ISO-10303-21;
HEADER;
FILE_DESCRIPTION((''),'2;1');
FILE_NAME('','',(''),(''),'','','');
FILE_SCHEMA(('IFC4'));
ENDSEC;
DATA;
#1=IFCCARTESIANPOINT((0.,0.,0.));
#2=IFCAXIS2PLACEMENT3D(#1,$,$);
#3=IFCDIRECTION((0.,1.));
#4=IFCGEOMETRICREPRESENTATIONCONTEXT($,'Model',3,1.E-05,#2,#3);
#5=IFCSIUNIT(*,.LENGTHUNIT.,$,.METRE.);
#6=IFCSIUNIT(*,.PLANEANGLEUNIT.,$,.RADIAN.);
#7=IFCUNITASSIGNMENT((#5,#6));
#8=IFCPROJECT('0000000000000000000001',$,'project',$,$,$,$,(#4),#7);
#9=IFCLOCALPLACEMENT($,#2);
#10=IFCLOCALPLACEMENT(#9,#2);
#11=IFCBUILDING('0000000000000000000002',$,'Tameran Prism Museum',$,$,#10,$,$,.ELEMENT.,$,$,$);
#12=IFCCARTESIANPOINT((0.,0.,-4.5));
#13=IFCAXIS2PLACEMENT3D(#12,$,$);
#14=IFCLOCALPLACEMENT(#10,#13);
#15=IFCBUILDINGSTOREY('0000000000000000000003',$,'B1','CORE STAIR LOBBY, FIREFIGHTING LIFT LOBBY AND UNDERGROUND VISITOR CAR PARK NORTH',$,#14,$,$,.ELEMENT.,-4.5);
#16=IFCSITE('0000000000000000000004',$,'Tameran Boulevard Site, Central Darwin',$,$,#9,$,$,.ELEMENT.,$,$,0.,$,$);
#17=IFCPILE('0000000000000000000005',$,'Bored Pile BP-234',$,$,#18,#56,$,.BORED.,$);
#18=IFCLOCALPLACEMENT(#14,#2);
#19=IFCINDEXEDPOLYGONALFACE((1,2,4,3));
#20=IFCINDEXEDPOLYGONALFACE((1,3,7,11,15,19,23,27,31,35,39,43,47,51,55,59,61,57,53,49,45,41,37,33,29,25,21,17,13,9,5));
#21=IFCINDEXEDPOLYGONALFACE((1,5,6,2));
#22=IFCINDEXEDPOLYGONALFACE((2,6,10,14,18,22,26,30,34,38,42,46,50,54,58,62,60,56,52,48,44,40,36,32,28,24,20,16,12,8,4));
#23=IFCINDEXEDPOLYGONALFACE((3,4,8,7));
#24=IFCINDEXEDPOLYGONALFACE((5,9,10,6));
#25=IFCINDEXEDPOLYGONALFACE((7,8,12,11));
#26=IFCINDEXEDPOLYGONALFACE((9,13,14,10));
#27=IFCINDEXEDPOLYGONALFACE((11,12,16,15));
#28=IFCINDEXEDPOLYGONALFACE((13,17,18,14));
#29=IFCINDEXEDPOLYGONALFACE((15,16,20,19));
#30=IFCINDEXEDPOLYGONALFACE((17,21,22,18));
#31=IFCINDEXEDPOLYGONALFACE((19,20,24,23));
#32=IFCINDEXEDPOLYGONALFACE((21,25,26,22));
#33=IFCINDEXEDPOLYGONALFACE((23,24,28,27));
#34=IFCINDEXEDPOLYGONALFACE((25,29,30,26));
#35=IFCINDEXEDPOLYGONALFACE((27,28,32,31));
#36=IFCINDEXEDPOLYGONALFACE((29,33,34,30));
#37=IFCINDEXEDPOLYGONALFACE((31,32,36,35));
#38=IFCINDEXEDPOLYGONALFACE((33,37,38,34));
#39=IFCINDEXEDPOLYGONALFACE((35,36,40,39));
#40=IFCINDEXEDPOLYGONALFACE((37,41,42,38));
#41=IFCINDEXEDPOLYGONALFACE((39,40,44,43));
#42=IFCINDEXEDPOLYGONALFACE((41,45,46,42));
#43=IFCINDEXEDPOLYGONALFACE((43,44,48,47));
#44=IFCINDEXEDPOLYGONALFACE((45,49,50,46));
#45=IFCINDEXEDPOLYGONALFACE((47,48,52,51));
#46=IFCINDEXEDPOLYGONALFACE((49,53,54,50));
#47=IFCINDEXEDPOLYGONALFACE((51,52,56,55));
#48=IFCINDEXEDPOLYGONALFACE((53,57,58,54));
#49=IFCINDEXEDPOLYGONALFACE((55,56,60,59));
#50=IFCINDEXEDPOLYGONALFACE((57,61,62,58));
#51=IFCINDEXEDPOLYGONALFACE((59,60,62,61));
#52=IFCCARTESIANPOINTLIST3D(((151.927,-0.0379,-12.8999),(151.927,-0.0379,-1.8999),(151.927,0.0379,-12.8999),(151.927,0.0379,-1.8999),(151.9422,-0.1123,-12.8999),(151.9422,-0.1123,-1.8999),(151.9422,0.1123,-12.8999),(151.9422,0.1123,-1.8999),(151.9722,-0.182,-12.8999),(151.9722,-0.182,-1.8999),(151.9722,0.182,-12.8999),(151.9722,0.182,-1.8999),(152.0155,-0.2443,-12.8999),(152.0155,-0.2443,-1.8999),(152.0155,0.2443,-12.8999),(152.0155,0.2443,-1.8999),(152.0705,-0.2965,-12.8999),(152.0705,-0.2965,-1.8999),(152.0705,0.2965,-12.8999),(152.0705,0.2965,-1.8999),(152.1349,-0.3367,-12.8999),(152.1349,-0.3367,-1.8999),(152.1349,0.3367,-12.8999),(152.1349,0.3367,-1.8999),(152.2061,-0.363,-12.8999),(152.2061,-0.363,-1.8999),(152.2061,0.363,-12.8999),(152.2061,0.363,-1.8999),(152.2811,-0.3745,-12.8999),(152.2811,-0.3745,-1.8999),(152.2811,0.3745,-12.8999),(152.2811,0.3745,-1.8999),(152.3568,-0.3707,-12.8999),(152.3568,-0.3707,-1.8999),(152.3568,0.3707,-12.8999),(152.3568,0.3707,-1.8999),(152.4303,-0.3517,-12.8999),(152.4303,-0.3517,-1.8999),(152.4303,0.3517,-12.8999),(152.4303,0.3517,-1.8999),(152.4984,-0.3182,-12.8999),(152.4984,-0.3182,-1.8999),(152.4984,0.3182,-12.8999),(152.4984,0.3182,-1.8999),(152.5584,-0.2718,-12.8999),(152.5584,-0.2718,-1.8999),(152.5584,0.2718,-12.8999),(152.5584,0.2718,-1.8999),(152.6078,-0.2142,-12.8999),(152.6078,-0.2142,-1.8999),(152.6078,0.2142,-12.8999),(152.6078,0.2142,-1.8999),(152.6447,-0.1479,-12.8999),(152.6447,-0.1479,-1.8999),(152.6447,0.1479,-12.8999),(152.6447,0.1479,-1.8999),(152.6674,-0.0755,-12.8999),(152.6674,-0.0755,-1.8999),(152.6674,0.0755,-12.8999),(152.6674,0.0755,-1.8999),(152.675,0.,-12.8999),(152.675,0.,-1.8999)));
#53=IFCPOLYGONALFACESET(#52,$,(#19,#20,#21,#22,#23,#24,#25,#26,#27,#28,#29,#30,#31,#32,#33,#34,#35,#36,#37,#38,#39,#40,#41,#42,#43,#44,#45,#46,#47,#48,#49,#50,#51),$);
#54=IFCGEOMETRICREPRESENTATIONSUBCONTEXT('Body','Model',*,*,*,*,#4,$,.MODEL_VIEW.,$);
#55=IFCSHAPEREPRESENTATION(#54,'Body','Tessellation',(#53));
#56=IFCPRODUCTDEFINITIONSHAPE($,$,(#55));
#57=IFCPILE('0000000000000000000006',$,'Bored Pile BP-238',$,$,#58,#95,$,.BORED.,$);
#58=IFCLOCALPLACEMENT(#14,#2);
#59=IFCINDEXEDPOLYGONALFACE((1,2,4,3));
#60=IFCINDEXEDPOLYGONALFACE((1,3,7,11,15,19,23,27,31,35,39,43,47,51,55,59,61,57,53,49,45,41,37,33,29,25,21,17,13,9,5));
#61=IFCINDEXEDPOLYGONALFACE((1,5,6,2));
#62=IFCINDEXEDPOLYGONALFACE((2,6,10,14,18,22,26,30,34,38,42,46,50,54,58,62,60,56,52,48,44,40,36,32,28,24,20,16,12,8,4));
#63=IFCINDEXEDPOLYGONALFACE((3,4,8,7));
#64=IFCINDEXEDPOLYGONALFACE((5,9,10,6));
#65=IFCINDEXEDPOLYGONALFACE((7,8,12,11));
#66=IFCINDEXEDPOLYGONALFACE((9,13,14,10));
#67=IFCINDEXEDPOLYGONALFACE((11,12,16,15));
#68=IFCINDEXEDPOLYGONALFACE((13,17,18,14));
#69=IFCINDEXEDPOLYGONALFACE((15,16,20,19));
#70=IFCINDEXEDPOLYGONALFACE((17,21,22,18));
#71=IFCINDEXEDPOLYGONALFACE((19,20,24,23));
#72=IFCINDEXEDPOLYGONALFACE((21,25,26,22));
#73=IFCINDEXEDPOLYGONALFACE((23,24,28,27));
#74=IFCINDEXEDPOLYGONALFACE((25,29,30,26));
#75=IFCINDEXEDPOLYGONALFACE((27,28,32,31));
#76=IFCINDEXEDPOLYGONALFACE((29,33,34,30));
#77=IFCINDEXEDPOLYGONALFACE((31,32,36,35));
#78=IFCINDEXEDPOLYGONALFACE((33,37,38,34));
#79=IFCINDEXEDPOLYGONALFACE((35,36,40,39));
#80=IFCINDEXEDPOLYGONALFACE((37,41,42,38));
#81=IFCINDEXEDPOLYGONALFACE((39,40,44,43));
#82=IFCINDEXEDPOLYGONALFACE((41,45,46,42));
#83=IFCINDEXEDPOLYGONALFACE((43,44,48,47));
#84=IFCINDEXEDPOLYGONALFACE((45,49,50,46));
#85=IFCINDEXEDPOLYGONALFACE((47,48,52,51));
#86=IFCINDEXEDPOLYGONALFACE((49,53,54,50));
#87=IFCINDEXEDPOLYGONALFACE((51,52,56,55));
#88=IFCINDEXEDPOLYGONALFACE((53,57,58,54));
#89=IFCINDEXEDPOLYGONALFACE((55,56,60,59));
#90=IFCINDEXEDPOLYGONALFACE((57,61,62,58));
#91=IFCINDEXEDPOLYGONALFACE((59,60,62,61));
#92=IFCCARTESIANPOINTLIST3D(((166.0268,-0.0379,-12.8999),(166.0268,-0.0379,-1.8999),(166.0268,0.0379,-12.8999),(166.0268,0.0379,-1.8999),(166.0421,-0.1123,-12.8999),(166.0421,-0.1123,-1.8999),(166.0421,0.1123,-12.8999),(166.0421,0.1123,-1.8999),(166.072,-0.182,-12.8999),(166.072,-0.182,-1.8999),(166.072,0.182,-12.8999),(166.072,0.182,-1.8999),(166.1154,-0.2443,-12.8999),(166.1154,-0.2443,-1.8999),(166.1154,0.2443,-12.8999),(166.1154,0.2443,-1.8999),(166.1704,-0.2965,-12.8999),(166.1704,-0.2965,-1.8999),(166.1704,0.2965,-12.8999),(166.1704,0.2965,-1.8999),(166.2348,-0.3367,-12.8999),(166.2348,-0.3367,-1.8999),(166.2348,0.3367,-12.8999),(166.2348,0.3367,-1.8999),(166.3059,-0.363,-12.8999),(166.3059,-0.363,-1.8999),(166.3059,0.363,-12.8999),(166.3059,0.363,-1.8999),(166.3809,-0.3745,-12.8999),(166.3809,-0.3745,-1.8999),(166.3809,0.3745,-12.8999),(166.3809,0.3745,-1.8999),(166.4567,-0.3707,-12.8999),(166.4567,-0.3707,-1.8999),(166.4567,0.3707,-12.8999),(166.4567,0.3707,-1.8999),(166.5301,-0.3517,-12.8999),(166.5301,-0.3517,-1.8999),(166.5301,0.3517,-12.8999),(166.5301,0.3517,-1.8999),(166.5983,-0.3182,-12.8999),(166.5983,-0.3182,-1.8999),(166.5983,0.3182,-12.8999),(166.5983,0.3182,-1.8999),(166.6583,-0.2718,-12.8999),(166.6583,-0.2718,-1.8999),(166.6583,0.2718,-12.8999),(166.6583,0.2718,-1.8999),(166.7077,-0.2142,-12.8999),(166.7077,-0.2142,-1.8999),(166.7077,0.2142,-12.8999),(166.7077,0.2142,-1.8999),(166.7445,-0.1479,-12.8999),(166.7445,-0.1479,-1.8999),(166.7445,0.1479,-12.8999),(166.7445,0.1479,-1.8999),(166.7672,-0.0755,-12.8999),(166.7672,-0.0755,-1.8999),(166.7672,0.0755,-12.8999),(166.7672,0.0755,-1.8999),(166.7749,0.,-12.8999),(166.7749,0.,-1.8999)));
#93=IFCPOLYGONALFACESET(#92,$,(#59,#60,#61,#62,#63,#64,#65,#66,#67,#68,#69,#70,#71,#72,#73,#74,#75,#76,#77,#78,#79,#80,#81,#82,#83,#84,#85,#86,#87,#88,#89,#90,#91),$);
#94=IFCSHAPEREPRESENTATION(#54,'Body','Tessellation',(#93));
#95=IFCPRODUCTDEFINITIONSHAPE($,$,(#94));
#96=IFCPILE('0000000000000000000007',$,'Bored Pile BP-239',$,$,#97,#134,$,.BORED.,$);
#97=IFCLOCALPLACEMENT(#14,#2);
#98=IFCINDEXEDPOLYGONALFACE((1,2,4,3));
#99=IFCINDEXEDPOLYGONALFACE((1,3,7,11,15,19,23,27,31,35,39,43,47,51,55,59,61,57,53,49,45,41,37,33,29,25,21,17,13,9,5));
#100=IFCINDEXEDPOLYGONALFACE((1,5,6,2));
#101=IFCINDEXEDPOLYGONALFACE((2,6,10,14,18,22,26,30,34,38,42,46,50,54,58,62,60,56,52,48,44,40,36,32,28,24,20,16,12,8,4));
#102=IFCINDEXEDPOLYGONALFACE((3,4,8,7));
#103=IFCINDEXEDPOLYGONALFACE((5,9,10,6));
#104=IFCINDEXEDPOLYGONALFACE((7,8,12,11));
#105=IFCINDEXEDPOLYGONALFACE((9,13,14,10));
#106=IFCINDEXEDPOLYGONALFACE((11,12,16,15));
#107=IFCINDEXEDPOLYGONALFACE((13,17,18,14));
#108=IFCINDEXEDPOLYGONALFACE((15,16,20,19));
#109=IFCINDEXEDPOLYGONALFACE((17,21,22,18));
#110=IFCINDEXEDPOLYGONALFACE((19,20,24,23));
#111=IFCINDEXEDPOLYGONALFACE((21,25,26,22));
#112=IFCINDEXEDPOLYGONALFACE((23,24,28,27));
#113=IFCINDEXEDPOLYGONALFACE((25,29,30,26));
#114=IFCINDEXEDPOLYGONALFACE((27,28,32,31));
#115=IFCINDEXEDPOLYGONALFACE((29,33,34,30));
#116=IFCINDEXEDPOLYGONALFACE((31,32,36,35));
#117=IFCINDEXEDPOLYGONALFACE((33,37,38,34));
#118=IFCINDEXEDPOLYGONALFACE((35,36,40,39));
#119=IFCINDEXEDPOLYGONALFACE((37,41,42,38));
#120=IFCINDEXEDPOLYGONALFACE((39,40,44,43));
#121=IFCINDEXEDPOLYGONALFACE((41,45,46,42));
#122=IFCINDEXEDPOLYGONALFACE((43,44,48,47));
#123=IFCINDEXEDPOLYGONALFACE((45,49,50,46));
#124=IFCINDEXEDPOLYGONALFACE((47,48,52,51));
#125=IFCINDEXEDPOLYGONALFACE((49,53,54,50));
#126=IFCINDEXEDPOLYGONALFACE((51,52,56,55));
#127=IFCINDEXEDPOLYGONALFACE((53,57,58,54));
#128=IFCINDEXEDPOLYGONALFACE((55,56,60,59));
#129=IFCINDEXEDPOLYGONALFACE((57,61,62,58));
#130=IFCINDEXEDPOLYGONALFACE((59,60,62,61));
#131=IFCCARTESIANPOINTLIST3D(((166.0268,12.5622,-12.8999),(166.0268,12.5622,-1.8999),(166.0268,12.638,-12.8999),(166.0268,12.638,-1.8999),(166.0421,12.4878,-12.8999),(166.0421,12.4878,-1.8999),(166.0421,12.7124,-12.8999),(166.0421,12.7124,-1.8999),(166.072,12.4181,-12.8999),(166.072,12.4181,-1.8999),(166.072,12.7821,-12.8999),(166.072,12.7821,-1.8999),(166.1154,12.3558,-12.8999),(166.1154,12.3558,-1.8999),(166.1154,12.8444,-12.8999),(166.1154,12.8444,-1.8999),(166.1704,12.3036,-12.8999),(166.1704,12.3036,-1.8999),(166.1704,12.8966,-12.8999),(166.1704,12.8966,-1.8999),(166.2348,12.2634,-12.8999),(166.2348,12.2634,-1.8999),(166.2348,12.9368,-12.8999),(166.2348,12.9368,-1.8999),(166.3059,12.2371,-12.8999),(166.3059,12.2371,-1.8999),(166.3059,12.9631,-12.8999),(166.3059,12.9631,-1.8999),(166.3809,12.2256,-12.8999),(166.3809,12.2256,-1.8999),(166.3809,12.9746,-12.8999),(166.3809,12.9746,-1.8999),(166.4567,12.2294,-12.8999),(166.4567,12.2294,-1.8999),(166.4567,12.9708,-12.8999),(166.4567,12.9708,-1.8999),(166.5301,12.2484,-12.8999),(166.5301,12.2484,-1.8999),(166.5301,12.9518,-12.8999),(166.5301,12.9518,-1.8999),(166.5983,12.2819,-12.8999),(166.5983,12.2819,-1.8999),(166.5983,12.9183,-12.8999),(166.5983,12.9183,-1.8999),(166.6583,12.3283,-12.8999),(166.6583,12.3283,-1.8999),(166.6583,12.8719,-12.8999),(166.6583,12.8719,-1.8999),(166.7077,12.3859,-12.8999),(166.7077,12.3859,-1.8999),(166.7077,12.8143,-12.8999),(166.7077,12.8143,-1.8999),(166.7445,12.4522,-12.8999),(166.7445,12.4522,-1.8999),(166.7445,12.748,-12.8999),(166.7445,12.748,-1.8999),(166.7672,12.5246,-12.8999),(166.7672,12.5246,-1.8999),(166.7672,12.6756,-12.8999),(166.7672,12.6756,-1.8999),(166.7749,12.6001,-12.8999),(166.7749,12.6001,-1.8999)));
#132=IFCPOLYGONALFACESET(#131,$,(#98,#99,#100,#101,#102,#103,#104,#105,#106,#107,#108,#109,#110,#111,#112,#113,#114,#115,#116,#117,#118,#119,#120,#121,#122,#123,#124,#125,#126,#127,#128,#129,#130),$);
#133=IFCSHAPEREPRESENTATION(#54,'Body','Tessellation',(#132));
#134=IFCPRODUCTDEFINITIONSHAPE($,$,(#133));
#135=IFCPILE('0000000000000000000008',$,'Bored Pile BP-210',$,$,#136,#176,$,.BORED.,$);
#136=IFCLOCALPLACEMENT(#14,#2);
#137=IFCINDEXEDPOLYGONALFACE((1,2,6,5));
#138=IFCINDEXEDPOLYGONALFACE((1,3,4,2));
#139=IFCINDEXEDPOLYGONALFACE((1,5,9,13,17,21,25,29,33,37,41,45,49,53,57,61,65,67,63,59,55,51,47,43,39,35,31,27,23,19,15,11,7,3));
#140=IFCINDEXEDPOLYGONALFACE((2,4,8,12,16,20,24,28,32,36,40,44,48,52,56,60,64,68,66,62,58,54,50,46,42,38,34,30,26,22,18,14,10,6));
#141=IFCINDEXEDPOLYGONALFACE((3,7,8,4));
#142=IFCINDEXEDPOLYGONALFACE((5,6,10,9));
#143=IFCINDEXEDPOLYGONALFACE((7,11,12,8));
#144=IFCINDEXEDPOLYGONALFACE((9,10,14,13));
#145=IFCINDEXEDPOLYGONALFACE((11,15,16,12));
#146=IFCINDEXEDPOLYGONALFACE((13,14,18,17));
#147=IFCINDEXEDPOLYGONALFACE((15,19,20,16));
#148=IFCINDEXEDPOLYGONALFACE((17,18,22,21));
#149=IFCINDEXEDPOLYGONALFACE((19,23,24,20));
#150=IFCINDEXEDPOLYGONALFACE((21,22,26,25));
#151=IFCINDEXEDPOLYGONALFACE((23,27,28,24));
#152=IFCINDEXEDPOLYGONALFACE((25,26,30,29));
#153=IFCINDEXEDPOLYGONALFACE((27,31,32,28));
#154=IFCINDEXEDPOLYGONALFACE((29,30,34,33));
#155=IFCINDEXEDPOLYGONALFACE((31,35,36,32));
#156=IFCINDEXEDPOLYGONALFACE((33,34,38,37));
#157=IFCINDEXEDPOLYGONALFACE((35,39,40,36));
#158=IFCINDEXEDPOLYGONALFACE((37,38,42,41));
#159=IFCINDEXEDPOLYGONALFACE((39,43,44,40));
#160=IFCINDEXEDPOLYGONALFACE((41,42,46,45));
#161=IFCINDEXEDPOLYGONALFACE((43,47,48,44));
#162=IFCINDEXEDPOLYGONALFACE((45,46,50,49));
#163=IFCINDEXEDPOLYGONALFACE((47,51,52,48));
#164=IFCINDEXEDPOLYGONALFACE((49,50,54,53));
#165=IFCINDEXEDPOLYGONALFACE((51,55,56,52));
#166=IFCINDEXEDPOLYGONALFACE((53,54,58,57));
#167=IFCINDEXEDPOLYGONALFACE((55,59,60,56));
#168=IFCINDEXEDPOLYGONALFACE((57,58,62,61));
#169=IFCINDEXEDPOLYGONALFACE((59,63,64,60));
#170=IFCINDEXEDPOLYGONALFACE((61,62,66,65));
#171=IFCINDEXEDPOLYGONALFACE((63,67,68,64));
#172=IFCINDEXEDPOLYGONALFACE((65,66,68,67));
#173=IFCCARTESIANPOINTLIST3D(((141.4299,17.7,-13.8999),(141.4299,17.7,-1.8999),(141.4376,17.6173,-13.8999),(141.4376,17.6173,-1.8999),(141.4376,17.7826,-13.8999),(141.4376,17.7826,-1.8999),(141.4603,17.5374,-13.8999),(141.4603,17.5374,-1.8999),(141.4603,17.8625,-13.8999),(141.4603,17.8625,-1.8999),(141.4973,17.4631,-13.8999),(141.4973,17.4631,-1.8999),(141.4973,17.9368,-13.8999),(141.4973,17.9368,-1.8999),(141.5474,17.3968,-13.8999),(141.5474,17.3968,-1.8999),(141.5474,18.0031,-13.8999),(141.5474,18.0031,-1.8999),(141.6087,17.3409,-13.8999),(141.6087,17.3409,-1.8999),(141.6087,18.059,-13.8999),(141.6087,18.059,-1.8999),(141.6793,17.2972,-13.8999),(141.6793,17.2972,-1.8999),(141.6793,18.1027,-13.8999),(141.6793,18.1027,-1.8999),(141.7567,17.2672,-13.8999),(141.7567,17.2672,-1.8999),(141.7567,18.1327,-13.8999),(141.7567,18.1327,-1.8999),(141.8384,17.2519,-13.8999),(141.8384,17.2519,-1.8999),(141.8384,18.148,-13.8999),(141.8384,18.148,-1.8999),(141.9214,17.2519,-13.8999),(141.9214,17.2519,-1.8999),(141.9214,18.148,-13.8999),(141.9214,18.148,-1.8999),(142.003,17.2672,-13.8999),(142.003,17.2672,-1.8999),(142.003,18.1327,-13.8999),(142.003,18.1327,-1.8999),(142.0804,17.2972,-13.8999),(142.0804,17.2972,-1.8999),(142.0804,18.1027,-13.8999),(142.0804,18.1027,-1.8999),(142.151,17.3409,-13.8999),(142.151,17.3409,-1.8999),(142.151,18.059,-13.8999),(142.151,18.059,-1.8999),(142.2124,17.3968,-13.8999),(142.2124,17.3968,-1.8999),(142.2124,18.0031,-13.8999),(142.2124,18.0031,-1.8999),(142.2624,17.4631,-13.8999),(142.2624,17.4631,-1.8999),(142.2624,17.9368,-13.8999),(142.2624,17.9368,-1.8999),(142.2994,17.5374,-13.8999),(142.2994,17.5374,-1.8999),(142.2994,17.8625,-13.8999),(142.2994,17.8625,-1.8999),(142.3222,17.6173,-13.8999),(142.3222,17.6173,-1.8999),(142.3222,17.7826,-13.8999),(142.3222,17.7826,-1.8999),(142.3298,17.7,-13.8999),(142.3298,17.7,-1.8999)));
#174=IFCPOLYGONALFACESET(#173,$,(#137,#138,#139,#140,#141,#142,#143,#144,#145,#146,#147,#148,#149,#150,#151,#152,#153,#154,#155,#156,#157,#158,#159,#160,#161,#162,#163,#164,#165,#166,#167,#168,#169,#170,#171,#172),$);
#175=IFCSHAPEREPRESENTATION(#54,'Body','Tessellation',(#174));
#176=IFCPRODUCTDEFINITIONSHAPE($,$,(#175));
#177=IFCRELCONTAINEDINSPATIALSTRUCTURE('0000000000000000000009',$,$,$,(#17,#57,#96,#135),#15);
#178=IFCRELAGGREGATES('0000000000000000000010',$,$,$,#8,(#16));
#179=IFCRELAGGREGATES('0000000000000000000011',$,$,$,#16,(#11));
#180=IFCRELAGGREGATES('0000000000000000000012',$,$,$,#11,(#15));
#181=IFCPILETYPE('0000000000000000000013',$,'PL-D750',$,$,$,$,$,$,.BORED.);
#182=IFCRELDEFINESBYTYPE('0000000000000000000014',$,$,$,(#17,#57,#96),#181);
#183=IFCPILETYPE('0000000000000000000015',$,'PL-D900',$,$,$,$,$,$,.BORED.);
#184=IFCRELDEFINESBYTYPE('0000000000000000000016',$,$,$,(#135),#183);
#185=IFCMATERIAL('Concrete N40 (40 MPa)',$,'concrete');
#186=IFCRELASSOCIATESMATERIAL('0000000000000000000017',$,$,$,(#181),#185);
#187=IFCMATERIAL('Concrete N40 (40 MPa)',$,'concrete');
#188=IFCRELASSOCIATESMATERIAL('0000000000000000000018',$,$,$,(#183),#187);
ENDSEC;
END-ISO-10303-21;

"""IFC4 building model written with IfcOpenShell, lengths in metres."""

from ifc_helpers import new_model, si_unit, direction, frame, origin, origin_2d, place, context, subcontext, project, spatial, circle, extrude, material, material_profile, profile_set, type_object, element, save


model = new_model("IFC4")

# Units and contexts
model_context = context("Model", 3, precision=1e-05, world=origin(), true_north=direction((0.0, 1.0)))
body_context = subcontext(model_context, "Body", "Model", "MODEL_VIEW")
ifc_project = project(units=[si_unit("LENGTHUNIT", "METRE"), si_unit("PLANEANGLEUNIT", "RADIAN")], contexts=[model_context])

# Site, building, storey
site_placement = place(None, origin())
site = spatial("IfcSite", under=ifc_project, at=site_placement, Name="Tameran Boulevard Site, Central Darwin", CompositionType="ELEMENT", RefElevation=0.0)
building_placement = place(site_placement, origin())
building = spatial("IfcBuilding", under=site, at=building_placement, Name="Tameran Prism Museum", CompositionType="ELEMENT")
storey_placement = place(building_placement, frame((0.0, 0.0, -4.5)))
storey = spatial("IfcBuildingStorey", under=building, at=storey_placement, Name="B1", Description="CORE STAIR LOBBY, FIREFIGHTING LIFT LOBBY AND UNDERGROUND VISITOR CAR PARK NORTH", CompositionType="ELEMENT", Elevation=-4.5)

# Piles
ifc_material_1 = material(Name="Concrete N40 (40 MPa)", Category="concrete")
ifc_material_profile_1 = material_profile(ifc_material_1, circle(Radius=0.375, at=origin_2d()))
ifc_profile_set_1 = profile_set([ifc_material_profile_1])
pile_type_1 = type_object("IfcPileType", Name="PL-D750", PredefinedType="BORED", material=ifc_profile_set_1)
for number, where, z_axis, x_axis, name in (
    (1, (152.3, 0.0, -1.8999), (0.0, 0.0, -1.0), (1.0, 0.0, 0.0), "Bored Pile BP-234"),
    (2, (166.3999, 0.0, -1.8999), (0.0, 0.0, -1.0), (1.0, 0.0, 0.0), "Bored Pile BP-238"),
    (3, (166.3999, 12.6001, -1.8999), (0.0, 0.0, -1.0), (1.0, 0.0, 0.0), "Bored Pile BP-239"),
):
    element("IfcPile", number, at=place(storey_placement, frame(where, z_axis=z_axis, x_axis=x_axis)), inside=storey, type_object=pile_type_1, Name=name, PredefinedType="BORED", context=body_context, shape_type="SweptSolid", body=[
        extrude(circle(Radius=0.375, at=origin_2d()), origin(), (0.0, 0.0, 1.0), 11.0),
    ])
ifc_material_2 = material(Name="Concrete N40 (40 MPa)", Category="concrete")
ifc_material_profile_2 = material_profile(ifc_material_2, circle(Radius=0.45, at=origin_2d()))
ifc_profile_set_2 = profile_set([ifc_material_profile_2])
pile_type_2 = type_object("IfcPileType", Name="PL-D900", PredefinedType="BORED", material=ifc_profile_set_2)
pile_placement = place(storey_placement, frame((141.8799, 17.7, -1.8999), z_axis=(0.0, 0.0, -1.0), x_axis=(1.0, 0.0, 0.0)))
element("IfcPile", 4, at=pile_placement, inside=storey, type_object=pile_type_2, Name="Bored Pile BP-210", PredefinedType="BORED", context=body_context, shape_type="SweptSolid", body=[
    extrude(circle(Radius=0.45, at=origin_2d()), origin(), (0.0, 0.0, 1.0), 12.0),
])

save(model, "model.ifc")
